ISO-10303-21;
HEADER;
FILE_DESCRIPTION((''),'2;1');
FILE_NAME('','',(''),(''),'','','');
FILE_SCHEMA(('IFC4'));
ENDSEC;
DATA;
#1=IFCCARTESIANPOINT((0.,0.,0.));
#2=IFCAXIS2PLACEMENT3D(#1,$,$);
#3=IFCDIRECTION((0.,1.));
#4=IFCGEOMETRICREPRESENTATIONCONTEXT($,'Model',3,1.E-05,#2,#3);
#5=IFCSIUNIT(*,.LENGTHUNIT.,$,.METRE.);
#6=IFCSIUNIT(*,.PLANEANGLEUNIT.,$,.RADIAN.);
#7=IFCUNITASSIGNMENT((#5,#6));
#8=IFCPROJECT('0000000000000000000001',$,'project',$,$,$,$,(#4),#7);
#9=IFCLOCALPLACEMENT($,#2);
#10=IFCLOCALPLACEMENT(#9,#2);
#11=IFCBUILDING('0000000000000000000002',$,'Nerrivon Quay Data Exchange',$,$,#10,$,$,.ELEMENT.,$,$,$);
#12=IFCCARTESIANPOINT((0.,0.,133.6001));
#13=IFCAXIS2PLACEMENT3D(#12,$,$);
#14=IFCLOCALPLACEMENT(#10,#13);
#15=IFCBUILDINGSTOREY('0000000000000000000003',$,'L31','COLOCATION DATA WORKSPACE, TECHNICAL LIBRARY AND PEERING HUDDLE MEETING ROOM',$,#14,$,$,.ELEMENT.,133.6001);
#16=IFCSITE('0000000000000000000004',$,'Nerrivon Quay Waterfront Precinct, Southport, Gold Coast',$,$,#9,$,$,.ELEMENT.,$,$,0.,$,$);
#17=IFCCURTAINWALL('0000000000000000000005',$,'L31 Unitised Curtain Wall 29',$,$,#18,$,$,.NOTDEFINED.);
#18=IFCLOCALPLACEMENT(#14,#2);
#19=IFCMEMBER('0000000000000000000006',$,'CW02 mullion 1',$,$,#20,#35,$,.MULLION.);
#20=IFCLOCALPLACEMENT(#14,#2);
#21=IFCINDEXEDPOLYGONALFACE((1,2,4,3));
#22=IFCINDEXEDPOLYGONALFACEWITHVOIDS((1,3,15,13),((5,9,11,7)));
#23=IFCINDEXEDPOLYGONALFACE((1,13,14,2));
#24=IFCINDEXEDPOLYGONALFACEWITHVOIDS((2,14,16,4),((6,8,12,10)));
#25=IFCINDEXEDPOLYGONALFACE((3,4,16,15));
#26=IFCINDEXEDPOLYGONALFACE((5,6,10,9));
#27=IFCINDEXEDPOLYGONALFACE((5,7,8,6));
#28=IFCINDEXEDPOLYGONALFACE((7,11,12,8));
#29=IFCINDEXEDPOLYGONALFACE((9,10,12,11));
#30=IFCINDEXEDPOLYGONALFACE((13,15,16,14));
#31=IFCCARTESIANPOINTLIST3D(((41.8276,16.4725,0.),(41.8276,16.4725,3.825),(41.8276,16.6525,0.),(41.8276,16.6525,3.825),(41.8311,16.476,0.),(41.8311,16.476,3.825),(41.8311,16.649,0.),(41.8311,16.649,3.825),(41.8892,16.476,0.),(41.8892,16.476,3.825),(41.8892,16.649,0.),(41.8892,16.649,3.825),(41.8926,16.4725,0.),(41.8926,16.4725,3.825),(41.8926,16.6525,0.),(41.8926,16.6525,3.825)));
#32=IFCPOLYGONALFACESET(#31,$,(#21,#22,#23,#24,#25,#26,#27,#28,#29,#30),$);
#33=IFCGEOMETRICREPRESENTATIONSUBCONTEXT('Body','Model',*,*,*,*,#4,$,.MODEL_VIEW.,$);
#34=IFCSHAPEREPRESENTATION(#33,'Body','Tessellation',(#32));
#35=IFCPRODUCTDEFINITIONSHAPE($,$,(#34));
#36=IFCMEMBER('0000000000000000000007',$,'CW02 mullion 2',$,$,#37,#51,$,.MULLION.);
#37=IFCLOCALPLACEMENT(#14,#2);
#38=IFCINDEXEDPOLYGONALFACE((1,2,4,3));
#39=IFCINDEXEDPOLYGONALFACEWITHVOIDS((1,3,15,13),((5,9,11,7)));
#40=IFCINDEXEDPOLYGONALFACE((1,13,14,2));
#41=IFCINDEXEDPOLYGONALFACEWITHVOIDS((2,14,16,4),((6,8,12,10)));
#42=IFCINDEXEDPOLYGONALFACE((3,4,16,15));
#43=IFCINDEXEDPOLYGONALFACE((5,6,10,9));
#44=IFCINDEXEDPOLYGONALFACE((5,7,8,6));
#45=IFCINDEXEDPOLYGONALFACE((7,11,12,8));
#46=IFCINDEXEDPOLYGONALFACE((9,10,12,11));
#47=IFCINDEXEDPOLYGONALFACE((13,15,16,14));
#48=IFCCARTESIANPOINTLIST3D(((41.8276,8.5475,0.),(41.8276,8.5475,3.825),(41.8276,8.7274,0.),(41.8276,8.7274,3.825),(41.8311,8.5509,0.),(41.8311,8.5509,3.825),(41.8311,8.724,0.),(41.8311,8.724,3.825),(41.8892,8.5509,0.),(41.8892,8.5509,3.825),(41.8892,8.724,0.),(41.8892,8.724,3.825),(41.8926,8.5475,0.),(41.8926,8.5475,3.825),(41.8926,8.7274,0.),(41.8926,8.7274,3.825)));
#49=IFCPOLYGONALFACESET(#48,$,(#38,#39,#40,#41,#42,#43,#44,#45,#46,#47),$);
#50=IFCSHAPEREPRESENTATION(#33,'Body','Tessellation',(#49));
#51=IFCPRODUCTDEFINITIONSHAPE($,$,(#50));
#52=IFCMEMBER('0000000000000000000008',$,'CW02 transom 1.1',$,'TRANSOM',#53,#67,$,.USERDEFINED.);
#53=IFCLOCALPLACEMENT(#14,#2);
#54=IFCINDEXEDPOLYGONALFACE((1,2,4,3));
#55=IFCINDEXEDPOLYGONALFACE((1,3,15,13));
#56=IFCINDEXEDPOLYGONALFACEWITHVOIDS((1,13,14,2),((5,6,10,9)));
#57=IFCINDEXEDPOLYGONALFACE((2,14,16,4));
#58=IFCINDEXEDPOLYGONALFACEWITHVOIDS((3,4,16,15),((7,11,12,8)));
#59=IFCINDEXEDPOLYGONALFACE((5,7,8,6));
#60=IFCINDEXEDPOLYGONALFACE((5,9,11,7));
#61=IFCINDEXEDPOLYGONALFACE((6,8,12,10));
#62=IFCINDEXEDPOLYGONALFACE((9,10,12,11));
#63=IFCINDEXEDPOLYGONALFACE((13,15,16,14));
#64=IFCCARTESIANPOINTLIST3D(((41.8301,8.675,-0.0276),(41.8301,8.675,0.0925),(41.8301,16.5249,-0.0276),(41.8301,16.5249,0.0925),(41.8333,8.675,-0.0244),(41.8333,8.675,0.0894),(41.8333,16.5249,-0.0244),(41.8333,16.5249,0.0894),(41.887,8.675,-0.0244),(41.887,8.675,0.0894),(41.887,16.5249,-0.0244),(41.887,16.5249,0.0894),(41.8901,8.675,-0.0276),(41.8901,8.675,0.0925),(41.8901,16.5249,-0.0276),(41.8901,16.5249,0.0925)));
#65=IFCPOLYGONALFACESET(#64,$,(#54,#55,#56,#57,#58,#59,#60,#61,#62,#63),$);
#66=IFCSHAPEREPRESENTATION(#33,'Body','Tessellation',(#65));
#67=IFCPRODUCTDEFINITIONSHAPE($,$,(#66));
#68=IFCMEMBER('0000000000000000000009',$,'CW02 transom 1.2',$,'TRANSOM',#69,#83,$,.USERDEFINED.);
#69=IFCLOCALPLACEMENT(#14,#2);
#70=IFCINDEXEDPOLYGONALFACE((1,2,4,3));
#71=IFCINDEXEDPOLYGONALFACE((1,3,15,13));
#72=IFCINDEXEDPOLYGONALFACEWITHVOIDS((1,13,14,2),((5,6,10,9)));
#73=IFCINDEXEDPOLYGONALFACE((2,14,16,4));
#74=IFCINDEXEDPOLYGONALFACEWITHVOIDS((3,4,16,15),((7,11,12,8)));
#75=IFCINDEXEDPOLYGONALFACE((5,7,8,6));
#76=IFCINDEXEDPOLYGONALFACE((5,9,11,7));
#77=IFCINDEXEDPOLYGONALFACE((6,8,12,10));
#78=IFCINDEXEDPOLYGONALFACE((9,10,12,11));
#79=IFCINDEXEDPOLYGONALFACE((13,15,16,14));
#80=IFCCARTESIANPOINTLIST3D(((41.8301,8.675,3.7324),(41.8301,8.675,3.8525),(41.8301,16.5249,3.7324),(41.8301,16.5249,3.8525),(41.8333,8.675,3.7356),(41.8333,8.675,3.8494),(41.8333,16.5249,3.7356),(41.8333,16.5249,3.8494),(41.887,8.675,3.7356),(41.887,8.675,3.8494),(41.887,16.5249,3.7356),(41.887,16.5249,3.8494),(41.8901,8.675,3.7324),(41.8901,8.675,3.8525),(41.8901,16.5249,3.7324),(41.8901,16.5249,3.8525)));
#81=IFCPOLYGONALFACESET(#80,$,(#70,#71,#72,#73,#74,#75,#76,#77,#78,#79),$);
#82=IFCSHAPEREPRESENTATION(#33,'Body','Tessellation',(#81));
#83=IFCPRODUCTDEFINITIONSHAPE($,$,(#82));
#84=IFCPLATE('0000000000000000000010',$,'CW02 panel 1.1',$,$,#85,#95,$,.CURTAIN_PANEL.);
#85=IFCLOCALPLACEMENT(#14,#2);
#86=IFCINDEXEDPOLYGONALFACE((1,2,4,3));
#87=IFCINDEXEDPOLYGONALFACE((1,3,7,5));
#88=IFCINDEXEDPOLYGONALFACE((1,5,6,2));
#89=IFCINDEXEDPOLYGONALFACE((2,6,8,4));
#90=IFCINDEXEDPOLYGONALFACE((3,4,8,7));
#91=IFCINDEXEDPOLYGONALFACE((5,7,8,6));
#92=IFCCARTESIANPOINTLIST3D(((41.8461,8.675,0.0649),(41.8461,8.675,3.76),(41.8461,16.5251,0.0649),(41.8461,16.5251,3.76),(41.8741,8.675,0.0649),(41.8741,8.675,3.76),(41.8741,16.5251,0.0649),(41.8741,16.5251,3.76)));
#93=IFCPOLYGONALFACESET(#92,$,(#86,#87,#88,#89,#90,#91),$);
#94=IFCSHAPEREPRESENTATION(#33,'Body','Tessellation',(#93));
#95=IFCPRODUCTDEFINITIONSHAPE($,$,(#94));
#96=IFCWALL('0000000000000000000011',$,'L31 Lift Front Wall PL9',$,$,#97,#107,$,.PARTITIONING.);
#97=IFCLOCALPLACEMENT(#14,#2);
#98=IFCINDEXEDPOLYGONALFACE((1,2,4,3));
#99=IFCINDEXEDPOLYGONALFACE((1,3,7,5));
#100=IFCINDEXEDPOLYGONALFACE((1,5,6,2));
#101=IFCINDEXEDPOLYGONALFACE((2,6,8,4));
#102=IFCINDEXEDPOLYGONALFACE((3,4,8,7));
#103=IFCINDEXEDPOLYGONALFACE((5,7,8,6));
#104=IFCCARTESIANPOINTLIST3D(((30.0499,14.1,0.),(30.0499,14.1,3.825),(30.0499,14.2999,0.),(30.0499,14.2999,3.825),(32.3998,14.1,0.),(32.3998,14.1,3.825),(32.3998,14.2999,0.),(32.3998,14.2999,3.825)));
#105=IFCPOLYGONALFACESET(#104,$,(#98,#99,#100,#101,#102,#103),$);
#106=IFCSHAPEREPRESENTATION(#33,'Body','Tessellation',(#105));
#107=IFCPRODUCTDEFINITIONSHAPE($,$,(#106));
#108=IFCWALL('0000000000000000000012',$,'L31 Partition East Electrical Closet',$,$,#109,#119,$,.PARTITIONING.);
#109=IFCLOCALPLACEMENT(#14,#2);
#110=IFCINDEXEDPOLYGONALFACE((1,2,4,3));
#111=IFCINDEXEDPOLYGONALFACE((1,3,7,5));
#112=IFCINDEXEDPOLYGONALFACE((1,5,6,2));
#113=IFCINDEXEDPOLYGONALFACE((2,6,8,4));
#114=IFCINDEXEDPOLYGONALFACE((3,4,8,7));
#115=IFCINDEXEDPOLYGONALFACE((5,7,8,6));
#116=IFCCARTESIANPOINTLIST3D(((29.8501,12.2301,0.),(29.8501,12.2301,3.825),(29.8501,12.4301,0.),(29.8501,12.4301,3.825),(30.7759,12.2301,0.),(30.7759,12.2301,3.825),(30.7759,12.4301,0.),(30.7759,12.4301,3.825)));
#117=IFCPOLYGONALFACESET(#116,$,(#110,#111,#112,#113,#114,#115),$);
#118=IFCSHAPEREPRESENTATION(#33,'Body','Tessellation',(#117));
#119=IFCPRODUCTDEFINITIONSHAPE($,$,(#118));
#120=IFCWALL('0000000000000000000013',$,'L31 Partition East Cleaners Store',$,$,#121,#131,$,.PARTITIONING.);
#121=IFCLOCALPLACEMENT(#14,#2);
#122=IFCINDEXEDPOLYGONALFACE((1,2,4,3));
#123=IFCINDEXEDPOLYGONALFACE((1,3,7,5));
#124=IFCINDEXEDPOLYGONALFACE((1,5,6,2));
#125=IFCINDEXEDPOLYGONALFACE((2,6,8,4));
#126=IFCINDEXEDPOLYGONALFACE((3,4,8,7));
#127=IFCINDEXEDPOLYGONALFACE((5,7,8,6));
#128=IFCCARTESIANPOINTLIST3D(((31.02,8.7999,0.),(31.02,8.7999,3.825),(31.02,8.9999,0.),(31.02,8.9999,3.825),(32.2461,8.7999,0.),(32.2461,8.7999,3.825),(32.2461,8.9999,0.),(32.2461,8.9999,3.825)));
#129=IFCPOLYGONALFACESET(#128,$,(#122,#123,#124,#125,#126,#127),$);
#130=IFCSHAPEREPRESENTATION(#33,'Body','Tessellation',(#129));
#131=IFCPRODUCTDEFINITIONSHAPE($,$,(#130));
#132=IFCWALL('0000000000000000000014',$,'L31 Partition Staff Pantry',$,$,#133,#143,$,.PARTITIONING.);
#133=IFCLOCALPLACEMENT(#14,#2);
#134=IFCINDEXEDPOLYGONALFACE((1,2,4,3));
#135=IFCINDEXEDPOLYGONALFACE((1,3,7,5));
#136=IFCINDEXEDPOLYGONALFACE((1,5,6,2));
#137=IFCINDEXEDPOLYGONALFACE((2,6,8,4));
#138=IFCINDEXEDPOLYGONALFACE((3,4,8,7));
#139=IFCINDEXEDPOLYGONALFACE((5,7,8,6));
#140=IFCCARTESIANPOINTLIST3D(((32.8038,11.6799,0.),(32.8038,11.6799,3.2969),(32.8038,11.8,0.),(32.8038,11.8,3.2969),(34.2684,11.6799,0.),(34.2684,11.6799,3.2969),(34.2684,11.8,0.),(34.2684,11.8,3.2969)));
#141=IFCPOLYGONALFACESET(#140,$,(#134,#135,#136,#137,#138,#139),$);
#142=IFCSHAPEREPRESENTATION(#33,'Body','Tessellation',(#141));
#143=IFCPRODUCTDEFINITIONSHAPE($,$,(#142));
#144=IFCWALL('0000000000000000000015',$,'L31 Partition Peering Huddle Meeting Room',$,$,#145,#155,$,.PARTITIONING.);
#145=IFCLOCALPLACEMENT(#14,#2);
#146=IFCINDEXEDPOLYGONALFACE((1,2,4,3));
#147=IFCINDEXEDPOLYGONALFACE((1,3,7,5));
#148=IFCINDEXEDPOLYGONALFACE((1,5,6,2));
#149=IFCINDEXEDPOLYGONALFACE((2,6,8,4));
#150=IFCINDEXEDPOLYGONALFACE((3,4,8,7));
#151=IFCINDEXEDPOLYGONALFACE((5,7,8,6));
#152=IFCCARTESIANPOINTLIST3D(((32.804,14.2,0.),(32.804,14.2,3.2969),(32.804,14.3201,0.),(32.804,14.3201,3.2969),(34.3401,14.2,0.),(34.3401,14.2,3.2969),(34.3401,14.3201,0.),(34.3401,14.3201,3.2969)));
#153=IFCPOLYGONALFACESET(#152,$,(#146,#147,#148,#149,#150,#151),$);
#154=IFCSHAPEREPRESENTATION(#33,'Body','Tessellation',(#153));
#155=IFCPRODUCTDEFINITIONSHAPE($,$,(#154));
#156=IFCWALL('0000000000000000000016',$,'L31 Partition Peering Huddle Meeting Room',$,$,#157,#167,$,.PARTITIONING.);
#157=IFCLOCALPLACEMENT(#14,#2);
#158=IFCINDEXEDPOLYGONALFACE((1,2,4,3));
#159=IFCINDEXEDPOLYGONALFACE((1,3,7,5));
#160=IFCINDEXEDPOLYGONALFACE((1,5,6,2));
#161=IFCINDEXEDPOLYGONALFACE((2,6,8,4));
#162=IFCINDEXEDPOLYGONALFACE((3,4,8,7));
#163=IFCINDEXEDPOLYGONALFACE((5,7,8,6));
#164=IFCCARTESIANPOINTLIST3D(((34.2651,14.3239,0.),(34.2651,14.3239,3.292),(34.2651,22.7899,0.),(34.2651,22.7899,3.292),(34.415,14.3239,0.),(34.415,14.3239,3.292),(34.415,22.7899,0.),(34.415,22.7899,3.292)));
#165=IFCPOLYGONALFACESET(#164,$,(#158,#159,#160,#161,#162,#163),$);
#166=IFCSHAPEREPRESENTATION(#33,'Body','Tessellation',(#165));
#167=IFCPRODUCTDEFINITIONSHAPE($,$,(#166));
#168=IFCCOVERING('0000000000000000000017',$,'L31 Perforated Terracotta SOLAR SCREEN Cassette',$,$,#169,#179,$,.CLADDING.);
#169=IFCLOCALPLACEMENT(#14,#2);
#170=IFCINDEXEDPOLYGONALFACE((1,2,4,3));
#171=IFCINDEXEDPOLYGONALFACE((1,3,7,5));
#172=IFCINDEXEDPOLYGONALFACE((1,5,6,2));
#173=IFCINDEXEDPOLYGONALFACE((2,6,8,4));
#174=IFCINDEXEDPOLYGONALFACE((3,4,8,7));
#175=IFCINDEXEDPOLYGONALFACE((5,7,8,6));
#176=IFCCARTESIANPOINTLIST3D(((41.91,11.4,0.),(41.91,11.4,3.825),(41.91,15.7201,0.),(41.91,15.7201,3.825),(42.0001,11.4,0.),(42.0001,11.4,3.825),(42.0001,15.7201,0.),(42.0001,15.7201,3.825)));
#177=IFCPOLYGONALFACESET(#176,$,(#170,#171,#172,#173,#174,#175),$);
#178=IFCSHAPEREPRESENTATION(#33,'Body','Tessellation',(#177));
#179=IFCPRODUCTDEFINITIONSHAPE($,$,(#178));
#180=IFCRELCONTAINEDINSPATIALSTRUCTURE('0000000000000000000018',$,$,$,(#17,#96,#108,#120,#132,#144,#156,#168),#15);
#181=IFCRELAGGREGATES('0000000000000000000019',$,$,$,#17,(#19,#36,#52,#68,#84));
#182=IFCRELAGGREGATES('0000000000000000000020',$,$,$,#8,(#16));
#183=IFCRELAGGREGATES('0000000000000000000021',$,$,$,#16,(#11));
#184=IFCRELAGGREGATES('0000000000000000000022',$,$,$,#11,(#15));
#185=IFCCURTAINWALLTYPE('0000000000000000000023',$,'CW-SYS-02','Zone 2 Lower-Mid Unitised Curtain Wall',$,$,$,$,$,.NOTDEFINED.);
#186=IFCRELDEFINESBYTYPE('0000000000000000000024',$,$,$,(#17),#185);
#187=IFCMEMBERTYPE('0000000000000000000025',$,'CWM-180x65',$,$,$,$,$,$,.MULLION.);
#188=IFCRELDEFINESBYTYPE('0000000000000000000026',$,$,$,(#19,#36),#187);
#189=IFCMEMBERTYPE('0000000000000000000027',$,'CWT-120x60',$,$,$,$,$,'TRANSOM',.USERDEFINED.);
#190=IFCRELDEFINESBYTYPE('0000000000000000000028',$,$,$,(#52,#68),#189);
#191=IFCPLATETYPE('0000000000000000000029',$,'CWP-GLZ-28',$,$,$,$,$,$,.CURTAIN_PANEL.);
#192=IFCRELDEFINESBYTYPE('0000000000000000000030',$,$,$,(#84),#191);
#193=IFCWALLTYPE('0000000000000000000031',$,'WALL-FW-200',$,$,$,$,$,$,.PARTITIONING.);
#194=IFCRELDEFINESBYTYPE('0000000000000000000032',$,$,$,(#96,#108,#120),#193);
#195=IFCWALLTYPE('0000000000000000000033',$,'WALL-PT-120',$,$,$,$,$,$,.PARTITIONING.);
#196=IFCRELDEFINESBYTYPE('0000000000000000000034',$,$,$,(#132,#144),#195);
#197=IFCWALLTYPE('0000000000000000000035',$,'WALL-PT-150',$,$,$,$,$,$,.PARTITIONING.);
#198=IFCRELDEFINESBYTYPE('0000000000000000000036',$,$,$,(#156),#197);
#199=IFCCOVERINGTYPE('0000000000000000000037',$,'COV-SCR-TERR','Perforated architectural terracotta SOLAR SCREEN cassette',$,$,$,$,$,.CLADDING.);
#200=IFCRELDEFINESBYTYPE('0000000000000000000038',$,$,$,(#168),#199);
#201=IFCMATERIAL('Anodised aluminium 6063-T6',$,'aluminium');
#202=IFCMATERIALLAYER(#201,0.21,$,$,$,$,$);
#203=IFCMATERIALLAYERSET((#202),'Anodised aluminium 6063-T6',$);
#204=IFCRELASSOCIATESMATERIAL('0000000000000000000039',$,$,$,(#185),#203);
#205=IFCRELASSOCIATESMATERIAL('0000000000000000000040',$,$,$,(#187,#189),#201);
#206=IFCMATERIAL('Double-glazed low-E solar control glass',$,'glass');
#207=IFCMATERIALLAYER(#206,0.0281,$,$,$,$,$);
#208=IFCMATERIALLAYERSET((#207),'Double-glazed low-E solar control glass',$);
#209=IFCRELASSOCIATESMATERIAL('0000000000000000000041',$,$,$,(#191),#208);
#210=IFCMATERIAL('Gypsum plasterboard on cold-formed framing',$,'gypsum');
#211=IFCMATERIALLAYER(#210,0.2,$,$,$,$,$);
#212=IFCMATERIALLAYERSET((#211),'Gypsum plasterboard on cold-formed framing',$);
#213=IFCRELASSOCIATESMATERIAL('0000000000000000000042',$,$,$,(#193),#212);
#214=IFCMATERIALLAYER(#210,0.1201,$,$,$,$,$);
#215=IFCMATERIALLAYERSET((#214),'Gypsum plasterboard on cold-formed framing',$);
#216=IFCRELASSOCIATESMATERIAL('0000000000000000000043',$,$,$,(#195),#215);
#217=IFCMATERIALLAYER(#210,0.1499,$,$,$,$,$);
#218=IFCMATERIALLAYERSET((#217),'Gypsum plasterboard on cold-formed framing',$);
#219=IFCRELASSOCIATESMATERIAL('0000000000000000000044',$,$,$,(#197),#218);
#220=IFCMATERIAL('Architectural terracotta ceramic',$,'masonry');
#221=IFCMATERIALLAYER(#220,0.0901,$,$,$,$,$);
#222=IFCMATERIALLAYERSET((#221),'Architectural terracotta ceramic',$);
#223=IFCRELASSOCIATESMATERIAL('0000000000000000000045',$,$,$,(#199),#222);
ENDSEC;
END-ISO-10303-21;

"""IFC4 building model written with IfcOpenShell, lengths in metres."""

from ifc_helpers import new_model, si_unit, direction, frame, frame_2d, origin, origin_2d, place, context, subcontext, project, spatial, rectangle, hollow_rectangle, extrude, material, layer, layer_set, material_profile, profile_set, type_object, element, aggregate, save


model = new_model("IFC4")

# Units and contexts
model_context = context("Model", 3, precision=1e-05, world=origin(), true_north=direction((0.0, 1.0)))
body_context = subcontext(model_context, "Body", "Model", "MODEL_VIEW")
ifc_project = project(units=[si_unit("LENGTHUNIT", "METRE"), si_unit("PLANEANGLEUNIT", "RADIAN")], contexts=[model_context])

# Site, building, storey
site_placement = place(None, origin())
site = spatial("IfcSite", under=ifc_project, at=site_placement, Name="Nerrivon Quay Waterfront Precinct, Southport, Gold Coast", CompositionType="ELEMENT", RefElevation=0.0)
building_placement = place(site_placement, origin())
building = spatial("IfcBuilding", under=site, at=building_placement, Name="Nerrivon Quay Data Exchange", CompositionType="ELEMENT")
storey_placement = place(building_placement, frame((0.0, 0.0, 133.6001)))
storey = spatial("IfcBuildingStorey", under=building, at=storey_placement, Name="L31", Description="COLOCATION DATA WORKSPACE, TECHNICAL LIBRARY AND PEERING HUDDLE MEETING ROOM", CompositionType="ELEMENT", Elevation=133.6001)

# Curtain wall, members, plate
ifc_material_1 = material(Name="Anodised aluminium 6063-T6", Category="aluminium")
ifc_layer_1 = layer(ifc_material_1, 0.21)
ifc_layer_set_1 = layer_set([ifc_layer_1], Name="Anodised aluminium 6063-T6")
curtain_wall_type = type_object("IfcCurtainWallType", Name="CW-SYS-02", Description="Zone 2 Lower-Mid Unitised Curtain Wall", PredefinedType="NOTDEFINED", material=ifc_layer_set_1)
curtain_wall_placement = place(storey_placement, origin())
curtain_wall = element("IfcCurtainWall", 1, at=curtain_wall_placement, inside=storey, type_object=curtain_wall_type, Name="L31 Unitised Curtain Wall 29", PredefinedType="NOTDEFINED")
ifc_material_profile_1 = material_profile(ifc_material_1, hollow_rectangle(XDim=0.0649, YDim=0.1799, WallThickness=0.0034, at=origin_2d()), Name="ALU-MULL-180x65")
ifc_profile_set_1 = profile_set([ifc_material_profile_1], Name="Anodised aluminium 6063-T6")
member_type_1 = type_object("IfcMemberType", Name="CWM-180x65", PredefinedType="MULLION", material=ifc_profile_set_1)
member_1_placement = place(storey_placement, frame((41.8601, 16.5625, 0.0), z_axis=(0.0, 0.0, 1.0), x_axis=(1.0, 0.0, 0.0)))
member_1 = element("IfcMember", 2, at=member_1_placement, type_object=member_type_1, Name="CW02 mullion 1", PredefinedType="MULLION", context=body_context, shape_type="SweptSolid", body=[
    extrude(hollow_rectangle(XDim=0.0649, YDim=0.1799, WallThickness=0.0034, at=origin_2d()), origin(), (0.0, 0.0, 1.0), 3.825),
])
member_2_placement = place(storey_placement, frame((41.8601, 8.6375, 0.0), z_axis=(0.0, 0.0, 1.0), x_axis=(1.0, 0.0, 0.0)))
member_2 = element("IfcMember", 3, at=member_2_placement, type_object=member_type_1, Name="CW02 mullion 2", PredefinedType="MULLION", context=body_context, shape_type="SweptSolid", body=[
    extrude(hollow_rectangle(XDim=0.0649, YDim=0.1799, WallThickness=0.0034, at=origin_2d()), origin(), (0.0, 0.0, 1.0), 3.825),
])
ifc_material_profile_2 = material_profile(ifc_material_1, hollow_rectangle(XDim=0.0601, YDim=0.1201, WallThickness=0.0032, at=origin_2d()), Name="ALU-TRAN-120x60")
ifc_profile_set_2 = profile_set([ifc_material_profile_2], Name="Anodised aluminium 6063-T6")
member_type_2 = type_object("IfcMemberType", Name="CWT-120x60", ElementType="TRANSOM", PredefinedType="USERDEFINED", material=ifc_profile_set_2)
member_3_placement = place(storey_placement, frame((41.8601, 16.5249, 0.0325), z_axis=(0.0, -1.0, 0.0), x_axis=(1.0, 0.0, 0.0)))
member_3 = element("IfcMember", 4, at=member_3_placement, type_object=member_type_2, Name="CW02 transom 1.1", ObjectType="TRANSOM", PredefinedType="USERDEFINED", context=body_context, shape_type="SweptSolid", body=[
    extrude(hollow_rectangle(XDim=0.0601, YDim=0.1201, WallThickness=0.0032, at=origin_2d()), origin(), (0.0, 0.0, 1.0), 7.8499),
])
member_4_placement = place(storey_placement, frame((41.8601, 16.5249, 3.7925), z_axis=(0.0, -1.0, 0.0), x_axis=(1.0, 0.0, 0.0)))
member_4 = element("IfcMember", 5, at=member_4_placement, type_object=member_type_2, Name="CW02 transom 1.2", ObjectType="TRANSOM", PredefinedType="USERDEFINED", context=body_context, shape_type="SweptSolid", body=[
    extrude(hollow_rectangle(XDim=0.0601, YDim=0.1201, WallThickness=0.0032, at=origin_2d()), origin(), (0.0, 0.0, 1.0), 7.8499),
])
ifc_material_2 = material(Name="Double-glazed low-E solar control glass", Category="glass")
ifc_layer_2 = layer(ifc_material_2, 0.0281)
ifc_layer_set_2 = layer_set([ifc_layer_2], Name="Double-glazed low-E solar control glass")
plate_type = type_object("IfcPlateType", Name="CWP-GLZ-28", PredefinedType="CURTAIN_PANEL", material=ifc_layer_set_2)
plate_placement = place(storey_placement, frame((41.8601, 12.6001, 0.0649), z_axis=(0.0, 0.0, 1.0), x_axis=(0.0, -1.0, 0.0)))
plate = element("IfcPlate", 6, at=plate_placement, type_object=plate_type, Name="CW02 panel 1.1", PredefinedType="CURTAIN_PANEL", context=body_context, shape_type="SweptSolid", body=[
    extrude(rectangle(XDim=7.8501, YDim=0.0281, at=origin_2d()), origin(), (0.0, 0.0, 1.0), 3.6951),
])
aggregate(curtain_wall, [member_1, member_2, member_3, member_4, plate])

# Wall
ifc_material_3 = material(Name="Gypsum plasterboard on cold-formed framing", Category="gypsum")
ifc_layer_3 = layer(ifc_material_3, 0.2)
ifc_layer_set_3 = layer_set([ifc_layer_3], Name="Gypsum plasterboard on cold-formed framing")
wall_type_1 = type_object("IfcWallType", Name="WALL-FW-200", PredefinedType="PARTITIONING", material=ifc_layer_set_3)
wall_1_placement = place(storey_placement, frame((30.05, 14.2, 0.0), z_axis=(0.0, 0.0, 1.0), x_axis=(1.0, 0.0, 0.0)))
element("IfcWall", 7, at=wall_1_placement, inside=storey, type_object=wall_type_1, Name="L31 Lift Front Wall PL9", PredefinedType="PARTITIONING", context=body_context, shape_type="SweptSolid", body=[
    extrude(rectangle(XDim=2.3499, YDim=0.2, at=frame_2d((1.1748, 0.0))), origin(), (0.0, 0.0, 1.0), 3.825),
])

# Wall
wall_2_placement = place(storey_placement, frame((30.7759, 12.3301, 0.0), z_axis=(0.0, 0.0, 1.0), x_axis=(-1.0, 0.0, 0.0)))
element("IfcWall", 8, at=wall_2_placement, inside=storey, type_object=wall_type_1, Name="L31 Partition East Electrical Closet", PredefinedType="PARTITIONING", context=body_context, shape_type="SweptSolid", body=[
    extrude(rectangle(XDim=0.9258, YDim=0.2, at=frame_2d((0.4629, 0.0))), origin(), (0.0, 0.0, 1.0), 3.825),
])

# Walls
wall_3_placement = place(storey_placement, frame((31.02, 8.8999, 0.0), z_axis=(0.0, 0.0, 1.0), x_axis=(1.0, 0.0, 0.0)))
element("IfcWall", 9, at=wall_3_placement, inside=storey, type_object=wall_type_1, Name="L31 Partition East Cleaners Store", PredefinedType="PARTITIONING", context=body_context, shape_type="SweptSolid", body=[
    extrude(rectangle(XDim=1.2261, YDim=0.2, at=frame_2d((0.613, 0.0))), origin(), (0.0, 0.0, 1.0), 3.825),
])
ifc_layer_4 = layer(ifc_material_3, 0.1201)
ifc_layer_set_4 = layer_set([ifc_layer_4], Name="Gypsum plasterboard on cold-formed framing")
wall_type_2 = type_object("IfcWallType", Name="WALL-PT-120", PredefinedType="PARTITIONING", material=ifc_layer_set_4)
wall_4_placement = place(storey_placement, frame((34.2686, 11.74, 0.0), z_axis=(0.0, 0.0, 1.0), x_axis=(-1.0, 0.0, 0.0)))
element("IfcWall", 10, at=wall_4_placement, inside=storey, type_object=wall_type_2, Name="L31 Partition Staff Pantry", PredefinedType="PARTITIONING", context=body_context, shape_type="SweptSolid", body=[
    extrude(rectangle(XDim=1.4646, YDim=0.1201, at=frame_2d((0.7324, 0.0))), origin(), (0.0, 0.0, 1.0), 3.2969),
])
wall_5_placement = place(storey_placement, frame((32.804, 14.26, 0.0), z_axis=(0.0, 0.0, 1.0), x_axis=(1.0, 0.0, 0.0)))
element("IfcWall", 11, at=wall_5_placement, inside=storey, type_object=wall_type_2, Name="L31 Partition Peering Huddle Meeting Room", PredefinedType="PARTITIONING", context=body_context, shape_type="SweptSolid", body=[
    extrude(rectangle(XDim=1.5361, YDim=0.1201, at=frame_2d((0.7681, 0.0))), origin(), (0.0, 0.0, 1.0), 3.2969),
])
ifc_layer_5 = layer(ifc_material_3, 0.1499)
ifc_layer_set_5 = layer_set([ifc_layer_5], Name="Gypsum plasterboard on cold-formed framing")
wall_type_3 = type_object("IfcWallType", Name="WALL-PT-150", PredefinedType="PARTITIONING", material=ifc_layer_set_5)
wall_6_placement = place(storey_placement, frame((34.3401, 14.324, 0.0), z_axis=(0.0, 0.0, 1.0), x_axis=(0.0, 1.0, 0.0)))
element("IfcWall", 12, at=wall_6_placement, inside=storey, type_object=wall_type_3, Name="L31 Partition Peering Huddle Meeting Room", PredefinedType="PARTITIONING", context=body_context, shape_type="SweptSolid", body=[
    extrude(rectangle(XDim=8.4661, YDim=0.1499, at=frame_2d((4.2329, 0.0))), origin(), (0.0, 0.0, 1.0), 3.292),
])

# Covering
ifc_material_4 = material(Name="Architectural terracotta ceramic", Category="masonry")
ifc_layer_6 = layer(ifc_material_4, 0.0901)
ifc_layer_set_6 = layer_set([ifc_layer_6], Name="Architectural terracotta ceramic")
covering_type = type_object("IfcCoveringType", Name="COV-SCR-TERR", Description="Perforated architectural terracotta SOLAR SCREEN cassette", PredefinedType="CLADDING", material=ifc_layer_set_6)
covering_placement = place(storey_placement, frame((41.9551, 13.5601, 0.0), z_axis=(0.0, 0.0, 1.0), x_axis=(0.0, -1.0, 0.0)))
element("IfcCovering", 13, at=covering_placement, inside=storey, type_object=covering_type, Name="L31 Perforated Terracotta SOLAR SCREEN Cassette", PredefinedType="CLADDING", context=body_context, shape_type="SweptSolid", body=[
    extrude(rectangle(XDim=4.3201, YDim=0.0901, at=origin_2d()), origin(), (0.0, 0.0, 1.0), 3.825),
])

save(model, "model.ifc")
